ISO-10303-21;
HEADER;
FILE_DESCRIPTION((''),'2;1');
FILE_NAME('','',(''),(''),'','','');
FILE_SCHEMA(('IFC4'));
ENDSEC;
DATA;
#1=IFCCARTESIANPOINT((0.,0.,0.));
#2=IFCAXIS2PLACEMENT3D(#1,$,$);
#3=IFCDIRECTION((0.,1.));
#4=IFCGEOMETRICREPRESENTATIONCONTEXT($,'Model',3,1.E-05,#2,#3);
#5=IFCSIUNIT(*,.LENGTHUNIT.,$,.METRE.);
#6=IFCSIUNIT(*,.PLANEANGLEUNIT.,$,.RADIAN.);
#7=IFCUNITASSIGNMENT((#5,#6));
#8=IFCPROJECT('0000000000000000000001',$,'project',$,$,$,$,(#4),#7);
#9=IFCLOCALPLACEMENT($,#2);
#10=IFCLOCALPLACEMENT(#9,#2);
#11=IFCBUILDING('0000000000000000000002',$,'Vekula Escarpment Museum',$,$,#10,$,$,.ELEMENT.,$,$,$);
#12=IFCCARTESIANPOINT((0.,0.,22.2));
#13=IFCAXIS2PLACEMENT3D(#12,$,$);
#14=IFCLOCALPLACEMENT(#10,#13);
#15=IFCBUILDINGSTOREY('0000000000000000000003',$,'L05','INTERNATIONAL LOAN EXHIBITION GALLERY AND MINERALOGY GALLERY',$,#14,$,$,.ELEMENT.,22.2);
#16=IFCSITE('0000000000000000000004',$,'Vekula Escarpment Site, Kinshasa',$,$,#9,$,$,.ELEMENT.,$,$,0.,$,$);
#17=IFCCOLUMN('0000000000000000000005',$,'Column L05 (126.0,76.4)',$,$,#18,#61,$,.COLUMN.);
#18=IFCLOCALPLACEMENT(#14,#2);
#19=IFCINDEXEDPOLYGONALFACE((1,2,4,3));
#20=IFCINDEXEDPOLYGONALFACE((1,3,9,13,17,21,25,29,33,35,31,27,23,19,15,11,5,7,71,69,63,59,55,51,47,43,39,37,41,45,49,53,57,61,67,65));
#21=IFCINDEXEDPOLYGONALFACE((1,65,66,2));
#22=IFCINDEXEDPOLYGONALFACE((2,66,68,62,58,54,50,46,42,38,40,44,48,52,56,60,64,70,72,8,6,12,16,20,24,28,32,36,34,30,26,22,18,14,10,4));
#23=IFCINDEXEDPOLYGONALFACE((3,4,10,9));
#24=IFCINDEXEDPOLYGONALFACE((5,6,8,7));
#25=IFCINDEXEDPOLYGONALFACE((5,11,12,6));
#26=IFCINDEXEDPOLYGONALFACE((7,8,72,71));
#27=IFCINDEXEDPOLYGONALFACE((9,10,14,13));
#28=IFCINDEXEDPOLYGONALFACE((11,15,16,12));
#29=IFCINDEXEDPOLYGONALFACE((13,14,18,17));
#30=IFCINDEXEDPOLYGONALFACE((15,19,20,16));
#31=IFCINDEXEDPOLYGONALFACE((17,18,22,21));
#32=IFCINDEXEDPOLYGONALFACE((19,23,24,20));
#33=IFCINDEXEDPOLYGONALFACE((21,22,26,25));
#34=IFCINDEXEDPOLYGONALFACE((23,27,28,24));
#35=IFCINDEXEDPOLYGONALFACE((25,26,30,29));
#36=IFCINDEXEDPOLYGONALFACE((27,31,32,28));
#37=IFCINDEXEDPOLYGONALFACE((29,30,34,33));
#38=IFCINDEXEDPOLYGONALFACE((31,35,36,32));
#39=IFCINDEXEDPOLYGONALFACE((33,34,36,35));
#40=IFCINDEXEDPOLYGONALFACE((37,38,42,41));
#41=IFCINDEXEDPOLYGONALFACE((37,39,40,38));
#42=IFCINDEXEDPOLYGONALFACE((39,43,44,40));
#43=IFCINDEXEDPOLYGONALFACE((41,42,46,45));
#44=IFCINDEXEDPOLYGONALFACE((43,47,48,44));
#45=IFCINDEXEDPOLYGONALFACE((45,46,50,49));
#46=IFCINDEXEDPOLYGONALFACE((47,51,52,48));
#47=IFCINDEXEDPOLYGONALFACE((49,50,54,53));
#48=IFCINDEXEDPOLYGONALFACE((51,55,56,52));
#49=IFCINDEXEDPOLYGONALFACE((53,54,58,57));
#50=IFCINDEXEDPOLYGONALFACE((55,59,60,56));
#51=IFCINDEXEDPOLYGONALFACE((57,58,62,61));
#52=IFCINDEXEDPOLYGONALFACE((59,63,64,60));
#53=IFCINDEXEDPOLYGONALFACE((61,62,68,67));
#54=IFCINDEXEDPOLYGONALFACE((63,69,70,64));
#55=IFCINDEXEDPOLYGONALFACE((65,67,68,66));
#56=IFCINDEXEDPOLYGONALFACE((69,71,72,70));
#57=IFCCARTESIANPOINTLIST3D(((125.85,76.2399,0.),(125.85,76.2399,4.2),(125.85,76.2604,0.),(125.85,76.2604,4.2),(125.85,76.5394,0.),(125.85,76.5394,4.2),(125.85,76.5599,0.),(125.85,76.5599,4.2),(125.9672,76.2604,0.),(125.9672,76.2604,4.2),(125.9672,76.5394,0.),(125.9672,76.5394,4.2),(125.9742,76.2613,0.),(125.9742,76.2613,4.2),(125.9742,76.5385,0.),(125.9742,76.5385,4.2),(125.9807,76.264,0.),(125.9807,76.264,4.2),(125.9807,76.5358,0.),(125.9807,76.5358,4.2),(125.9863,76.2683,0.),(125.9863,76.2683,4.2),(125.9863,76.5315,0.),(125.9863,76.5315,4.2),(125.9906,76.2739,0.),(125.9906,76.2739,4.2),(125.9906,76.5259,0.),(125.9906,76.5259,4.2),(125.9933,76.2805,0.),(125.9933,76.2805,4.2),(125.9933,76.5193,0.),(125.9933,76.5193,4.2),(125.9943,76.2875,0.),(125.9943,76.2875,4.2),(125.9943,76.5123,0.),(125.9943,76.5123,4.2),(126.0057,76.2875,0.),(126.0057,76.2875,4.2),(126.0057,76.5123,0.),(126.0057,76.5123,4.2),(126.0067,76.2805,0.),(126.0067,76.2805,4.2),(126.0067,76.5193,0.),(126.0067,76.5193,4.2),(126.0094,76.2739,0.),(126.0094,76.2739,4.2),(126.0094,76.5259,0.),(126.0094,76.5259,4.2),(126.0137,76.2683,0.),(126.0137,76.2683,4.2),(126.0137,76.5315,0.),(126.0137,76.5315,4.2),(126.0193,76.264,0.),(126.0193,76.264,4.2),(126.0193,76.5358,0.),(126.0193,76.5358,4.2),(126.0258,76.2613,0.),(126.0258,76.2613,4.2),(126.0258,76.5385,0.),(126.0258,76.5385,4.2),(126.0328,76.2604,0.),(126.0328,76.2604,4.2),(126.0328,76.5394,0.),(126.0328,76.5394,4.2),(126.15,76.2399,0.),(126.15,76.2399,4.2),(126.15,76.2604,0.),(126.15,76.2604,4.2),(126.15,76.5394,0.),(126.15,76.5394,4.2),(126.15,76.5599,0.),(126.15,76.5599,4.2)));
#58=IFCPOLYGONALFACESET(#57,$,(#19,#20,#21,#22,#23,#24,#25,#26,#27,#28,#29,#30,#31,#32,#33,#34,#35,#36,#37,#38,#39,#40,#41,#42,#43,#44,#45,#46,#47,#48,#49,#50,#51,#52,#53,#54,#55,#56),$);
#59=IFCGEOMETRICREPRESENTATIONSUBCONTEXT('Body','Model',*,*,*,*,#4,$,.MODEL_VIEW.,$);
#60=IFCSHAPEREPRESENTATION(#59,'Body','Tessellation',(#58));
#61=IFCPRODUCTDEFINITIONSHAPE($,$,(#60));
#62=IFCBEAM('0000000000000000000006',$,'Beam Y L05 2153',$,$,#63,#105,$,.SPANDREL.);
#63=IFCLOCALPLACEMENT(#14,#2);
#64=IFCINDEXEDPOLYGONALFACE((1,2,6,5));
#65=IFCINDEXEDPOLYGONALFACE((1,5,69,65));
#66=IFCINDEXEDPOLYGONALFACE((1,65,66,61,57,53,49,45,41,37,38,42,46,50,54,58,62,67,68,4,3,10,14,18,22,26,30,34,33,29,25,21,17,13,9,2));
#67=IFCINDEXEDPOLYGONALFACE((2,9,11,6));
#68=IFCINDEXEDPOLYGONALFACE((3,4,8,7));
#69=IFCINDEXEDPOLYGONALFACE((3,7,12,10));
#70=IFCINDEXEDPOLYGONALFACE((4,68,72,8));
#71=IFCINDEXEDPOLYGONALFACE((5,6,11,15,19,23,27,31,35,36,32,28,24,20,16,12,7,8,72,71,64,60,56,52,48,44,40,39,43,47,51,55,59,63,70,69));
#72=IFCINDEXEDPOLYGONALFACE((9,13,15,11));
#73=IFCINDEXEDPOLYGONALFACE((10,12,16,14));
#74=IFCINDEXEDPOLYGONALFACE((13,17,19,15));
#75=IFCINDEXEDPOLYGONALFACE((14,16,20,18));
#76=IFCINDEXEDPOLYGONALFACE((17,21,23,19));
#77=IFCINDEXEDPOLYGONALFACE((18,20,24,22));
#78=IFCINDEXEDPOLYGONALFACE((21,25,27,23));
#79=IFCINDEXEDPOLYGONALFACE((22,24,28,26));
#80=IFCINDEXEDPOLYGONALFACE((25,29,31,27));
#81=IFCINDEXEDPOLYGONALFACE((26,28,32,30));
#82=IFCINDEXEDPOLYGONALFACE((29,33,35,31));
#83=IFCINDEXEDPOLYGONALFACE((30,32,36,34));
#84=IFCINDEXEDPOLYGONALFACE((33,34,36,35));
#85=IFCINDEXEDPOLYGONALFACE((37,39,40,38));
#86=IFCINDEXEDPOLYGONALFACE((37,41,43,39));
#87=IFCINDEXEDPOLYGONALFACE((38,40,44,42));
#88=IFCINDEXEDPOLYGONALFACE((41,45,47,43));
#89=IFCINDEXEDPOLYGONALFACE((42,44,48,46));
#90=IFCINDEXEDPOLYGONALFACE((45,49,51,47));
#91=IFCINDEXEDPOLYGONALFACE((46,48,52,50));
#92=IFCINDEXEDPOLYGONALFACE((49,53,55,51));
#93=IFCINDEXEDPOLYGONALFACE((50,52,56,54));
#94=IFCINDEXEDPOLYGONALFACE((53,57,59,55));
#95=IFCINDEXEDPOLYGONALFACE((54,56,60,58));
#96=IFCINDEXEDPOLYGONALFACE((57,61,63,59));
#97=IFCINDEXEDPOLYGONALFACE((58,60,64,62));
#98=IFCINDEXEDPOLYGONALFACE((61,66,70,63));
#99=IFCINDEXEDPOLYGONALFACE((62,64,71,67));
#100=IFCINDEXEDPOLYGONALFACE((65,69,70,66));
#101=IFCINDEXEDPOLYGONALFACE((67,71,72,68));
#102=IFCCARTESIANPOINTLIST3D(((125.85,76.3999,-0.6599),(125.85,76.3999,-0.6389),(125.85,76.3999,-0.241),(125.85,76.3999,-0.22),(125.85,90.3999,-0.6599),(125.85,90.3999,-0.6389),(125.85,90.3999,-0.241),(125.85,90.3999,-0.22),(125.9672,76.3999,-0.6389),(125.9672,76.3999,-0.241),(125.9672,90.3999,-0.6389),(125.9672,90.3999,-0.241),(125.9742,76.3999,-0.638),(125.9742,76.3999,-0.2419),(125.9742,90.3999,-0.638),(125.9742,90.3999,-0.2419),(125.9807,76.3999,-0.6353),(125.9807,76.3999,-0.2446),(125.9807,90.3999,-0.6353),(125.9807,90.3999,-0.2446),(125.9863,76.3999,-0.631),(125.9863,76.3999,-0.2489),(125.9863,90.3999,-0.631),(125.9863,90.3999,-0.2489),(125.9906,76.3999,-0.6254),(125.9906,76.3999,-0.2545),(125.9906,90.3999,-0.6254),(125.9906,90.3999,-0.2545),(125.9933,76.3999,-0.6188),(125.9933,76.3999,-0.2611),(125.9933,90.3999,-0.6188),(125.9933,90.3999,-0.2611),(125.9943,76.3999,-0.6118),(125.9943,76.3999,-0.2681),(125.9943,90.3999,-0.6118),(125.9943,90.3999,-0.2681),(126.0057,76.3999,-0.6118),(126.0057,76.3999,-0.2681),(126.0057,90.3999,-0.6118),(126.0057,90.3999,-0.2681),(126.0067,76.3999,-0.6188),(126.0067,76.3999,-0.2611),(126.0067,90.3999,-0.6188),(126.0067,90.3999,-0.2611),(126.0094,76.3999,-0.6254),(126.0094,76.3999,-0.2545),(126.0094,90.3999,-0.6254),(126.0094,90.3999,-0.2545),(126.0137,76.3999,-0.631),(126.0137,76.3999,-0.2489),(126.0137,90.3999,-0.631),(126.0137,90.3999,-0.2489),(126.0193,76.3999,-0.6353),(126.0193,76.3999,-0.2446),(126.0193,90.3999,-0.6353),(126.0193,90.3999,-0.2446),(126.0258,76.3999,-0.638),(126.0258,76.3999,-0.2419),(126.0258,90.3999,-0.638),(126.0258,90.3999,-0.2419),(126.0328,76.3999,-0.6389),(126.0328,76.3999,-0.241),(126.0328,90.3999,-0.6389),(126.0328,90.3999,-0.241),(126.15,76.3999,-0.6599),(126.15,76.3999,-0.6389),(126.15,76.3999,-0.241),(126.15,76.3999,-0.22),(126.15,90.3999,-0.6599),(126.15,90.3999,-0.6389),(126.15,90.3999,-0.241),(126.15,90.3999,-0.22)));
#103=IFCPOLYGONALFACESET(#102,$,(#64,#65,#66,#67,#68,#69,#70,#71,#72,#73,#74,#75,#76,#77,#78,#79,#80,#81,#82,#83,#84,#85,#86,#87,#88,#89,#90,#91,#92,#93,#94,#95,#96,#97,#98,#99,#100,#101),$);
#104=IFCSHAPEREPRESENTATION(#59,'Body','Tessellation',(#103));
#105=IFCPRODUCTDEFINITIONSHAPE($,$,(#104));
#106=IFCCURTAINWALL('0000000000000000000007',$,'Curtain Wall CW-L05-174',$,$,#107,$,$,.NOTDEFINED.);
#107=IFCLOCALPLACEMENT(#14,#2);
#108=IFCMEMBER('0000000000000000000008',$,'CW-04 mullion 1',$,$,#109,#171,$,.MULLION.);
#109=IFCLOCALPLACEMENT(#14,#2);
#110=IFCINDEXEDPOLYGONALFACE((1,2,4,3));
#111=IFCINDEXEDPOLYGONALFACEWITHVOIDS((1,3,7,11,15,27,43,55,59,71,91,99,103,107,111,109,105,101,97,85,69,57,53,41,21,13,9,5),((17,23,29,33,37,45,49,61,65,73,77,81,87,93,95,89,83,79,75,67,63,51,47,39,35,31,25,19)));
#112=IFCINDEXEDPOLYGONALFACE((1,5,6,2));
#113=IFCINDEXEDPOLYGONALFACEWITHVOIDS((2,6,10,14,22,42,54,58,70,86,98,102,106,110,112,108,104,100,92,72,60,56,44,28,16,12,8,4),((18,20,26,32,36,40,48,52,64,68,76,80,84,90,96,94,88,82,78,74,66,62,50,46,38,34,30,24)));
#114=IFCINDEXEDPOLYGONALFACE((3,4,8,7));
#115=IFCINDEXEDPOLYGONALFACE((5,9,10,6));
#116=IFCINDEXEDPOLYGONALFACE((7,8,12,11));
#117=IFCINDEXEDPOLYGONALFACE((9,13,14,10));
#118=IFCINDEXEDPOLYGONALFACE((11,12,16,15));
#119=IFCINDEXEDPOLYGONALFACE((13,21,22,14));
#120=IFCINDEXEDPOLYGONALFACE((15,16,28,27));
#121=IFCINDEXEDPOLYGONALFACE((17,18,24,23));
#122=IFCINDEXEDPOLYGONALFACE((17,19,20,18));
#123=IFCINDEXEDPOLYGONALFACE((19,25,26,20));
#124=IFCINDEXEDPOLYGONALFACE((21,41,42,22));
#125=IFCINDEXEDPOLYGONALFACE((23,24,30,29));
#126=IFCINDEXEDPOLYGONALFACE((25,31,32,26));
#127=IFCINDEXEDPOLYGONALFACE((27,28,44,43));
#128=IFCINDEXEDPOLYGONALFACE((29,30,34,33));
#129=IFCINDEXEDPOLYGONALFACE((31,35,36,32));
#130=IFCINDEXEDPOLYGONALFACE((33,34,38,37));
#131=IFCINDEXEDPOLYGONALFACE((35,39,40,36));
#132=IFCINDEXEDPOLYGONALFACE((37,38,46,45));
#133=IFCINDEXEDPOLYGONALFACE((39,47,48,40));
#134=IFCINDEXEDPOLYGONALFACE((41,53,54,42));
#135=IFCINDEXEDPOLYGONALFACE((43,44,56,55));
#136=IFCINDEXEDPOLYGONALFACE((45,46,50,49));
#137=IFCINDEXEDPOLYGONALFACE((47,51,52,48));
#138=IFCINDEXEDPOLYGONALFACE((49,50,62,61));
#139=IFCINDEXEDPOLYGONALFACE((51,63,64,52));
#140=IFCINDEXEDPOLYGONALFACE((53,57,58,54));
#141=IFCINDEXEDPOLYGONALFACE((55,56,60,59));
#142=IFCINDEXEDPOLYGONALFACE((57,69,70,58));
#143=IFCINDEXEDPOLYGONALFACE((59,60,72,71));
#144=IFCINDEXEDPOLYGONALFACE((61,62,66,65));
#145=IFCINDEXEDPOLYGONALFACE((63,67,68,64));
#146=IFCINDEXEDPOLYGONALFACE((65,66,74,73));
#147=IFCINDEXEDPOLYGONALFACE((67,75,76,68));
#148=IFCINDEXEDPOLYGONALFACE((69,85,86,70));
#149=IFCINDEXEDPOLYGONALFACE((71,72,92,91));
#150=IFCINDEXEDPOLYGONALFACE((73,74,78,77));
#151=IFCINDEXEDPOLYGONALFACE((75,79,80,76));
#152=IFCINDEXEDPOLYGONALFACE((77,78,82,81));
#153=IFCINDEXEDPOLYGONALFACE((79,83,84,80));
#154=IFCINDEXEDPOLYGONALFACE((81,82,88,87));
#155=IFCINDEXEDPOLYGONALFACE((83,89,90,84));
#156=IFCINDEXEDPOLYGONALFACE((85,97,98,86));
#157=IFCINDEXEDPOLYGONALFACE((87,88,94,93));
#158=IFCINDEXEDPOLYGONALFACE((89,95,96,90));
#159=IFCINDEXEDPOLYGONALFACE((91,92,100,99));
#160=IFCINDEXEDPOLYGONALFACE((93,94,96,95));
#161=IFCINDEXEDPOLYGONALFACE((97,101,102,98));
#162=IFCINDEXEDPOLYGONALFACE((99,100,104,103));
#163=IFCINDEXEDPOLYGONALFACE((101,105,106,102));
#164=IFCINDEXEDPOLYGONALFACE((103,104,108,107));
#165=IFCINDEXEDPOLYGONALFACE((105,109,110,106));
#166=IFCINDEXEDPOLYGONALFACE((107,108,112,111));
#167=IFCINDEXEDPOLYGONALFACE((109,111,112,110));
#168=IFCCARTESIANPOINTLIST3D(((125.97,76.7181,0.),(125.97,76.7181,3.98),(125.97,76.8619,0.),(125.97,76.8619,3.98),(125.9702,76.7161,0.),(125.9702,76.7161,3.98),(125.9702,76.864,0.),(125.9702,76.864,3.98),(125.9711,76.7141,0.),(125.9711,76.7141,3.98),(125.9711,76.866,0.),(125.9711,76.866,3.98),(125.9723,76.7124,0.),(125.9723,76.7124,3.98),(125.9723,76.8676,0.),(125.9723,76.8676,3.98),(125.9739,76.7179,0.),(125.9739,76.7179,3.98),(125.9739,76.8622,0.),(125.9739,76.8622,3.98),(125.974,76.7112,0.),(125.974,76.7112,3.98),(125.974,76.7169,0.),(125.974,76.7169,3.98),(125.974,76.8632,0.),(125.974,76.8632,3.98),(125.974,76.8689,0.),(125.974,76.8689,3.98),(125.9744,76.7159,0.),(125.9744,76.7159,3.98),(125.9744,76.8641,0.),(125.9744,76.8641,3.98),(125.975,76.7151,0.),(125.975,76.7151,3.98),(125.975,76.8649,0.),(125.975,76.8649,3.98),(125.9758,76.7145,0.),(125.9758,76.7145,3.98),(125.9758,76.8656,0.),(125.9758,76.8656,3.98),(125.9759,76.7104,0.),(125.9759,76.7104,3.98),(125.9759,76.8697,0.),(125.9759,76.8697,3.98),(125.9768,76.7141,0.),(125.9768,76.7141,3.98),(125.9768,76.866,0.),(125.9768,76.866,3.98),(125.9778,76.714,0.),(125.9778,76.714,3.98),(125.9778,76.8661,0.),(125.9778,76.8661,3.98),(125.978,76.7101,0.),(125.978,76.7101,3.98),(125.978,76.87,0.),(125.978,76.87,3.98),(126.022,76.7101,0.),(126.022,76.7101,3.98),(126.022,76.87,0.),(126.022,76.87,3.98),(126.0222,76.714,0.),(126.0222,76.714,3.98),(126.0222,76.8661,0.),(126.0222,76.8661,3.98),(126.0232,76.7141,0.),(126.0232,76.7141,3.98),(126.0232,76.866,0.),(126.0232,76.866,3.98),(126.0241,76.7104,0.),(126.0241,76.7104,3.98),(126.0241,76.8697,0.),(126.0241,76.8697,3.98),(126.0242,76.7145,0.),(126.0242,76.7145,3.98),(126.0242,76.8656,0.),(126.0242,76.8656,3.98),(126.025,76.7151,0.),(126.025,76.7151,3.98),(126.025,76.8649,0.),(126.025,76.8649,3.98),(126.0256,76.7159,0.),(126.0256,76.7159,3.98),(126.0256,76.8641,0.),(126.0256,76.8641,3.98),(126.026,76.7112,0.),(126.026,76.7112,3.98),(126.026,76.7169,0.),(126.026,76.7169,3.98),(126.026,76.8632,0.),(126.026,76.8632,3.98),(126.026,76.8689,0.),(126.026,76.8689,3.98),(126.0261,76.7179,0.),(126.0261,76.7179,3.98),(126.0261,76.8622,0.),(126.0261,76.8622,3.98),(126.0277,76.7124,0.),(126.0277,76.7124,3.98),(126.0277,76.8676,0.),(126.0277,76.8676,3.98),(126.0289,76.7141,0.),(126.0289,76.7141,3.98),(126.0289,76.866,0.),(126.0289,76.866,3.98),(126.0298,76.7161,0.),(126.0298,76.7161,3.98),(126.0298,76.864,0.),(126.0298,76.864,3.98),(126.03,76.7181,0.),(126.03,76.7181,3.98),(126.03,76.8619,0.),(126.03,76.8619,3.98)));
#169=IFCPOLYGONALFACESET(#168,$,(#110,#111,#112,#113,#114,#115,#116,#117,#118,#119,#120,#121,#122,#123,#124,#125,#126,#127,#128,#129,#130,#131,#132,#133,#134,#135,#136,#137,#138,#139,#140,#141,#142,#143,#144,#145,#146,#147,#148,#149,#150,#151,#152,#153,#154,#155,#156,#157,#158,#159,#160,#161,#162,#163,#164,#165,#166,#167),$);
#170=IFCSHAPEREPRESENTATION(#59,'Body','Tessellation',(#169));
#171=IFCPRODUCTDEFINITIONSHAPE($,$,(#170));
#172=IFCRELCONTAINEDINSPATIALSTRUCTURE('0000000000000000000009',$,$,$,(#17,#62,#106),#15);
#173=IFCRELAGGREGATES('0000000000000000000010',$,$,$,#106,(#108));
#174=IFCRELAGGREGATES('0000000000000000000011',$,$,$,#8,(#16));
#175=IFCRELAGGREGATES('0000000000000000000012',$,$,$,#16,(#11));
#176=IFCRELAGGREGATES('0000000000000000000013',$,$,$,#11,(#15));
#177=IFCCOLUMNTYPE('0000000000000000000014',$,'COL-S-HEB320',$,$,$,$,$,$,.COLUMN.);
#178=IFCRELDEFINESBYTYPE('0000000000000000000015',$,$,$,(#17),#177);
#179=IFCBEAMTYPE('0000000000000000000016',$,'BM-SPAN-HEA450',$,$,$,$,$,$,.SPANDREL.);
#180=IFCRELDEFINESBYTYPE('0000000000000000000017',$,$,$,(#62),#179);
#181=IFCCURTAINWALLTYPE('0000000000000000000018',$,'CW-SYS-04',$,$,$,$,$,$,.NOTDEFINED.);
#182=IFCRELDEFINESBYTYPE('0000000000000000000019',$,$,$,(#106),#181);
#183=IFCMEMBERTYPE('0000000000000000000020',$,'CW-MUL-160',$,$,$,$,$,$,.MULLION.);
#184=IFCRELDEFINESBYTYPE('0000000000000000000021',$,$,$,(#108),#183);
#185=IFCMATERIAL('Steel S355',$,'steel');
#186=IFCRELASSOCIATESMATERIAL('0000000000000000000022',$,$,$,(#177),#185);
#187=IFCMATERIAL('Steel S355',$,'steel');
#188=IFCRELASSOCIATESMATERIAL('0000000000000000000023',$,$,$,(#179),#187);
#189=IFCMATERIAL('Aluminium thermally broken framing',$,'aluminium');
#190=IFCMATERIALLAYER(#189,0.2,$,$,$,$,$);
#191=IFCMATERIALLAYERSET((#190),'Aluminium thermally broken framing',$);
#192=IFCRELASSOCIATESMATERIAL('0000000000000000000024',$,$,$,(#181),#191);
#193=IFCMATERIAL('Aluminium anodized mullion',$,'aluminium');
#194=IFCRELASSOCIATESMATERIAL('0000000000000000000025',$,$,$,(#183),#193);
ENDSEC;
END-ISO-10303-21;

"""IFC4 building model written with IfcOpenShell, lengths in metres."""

from ifc_helpers import new_model, si_unit, direction, frame, origin, origin_2d, place, context, subcontext, project, spatial, hollow_rectangle, i_section, extrude, material, layer, layer_set, material_profile, profile_set, type_object, element, aggregate, save


model = new_model("IFC4")

# Units and contexts
model_context = context("Model", 3, precision=1e-05, world=origin(), true_north=direction((0.0, 1.0)))
body_context = subcontext(model_context, "Body", "Model", "MODEL_VIEW")
ifc_project = project(units=[si_unit("LENGTHUNIT", "METRE"), si_unit("PLANEANGLEUNIT", "RADIAN")], contexts=[model_context])

# Site, building, storey
site_placement = place(None, origin())
site = spatial("IfcSite", under=ifc_project, at=site_placement, Name="Vekula Escarpment Site, Kinshasa", CompositionType="ELEMENT", RefElevation=0.0)
building_placement = place(site_placement, origin())
building = spatial("IfcBuilding", under=site, at=building_placement, Name="Vekula Escarpment Museum", CompositionType="ELEMENT")
storey_placement = place(building_placement, frame((0.0, 0.0, 22.2)))
storey = spatial("IfcBuildingStorey", under=building, at=storey_placement, Name="L05", Description="INTERNATIONAL LOAN EXHIBITION GALLERY AND MINERALOGY GALLERY", CompositionType="ELEMENT", Elevation=22.2)

# Column
ifc_material_1 = material(Name="Steel S355", Category="steel")
ifc_material_profile_1 = material_profile(ifc_material_1, i_section(OverallWidth=0.3, OverallDepth=0.3201, WebThickness=0.0115, FlangeThickness=0.0205, FilletRadius=0.0271, at=origin_2d()), Name="HEB 320")
ifc_profile_set_1 = profile_set([ifc_material_profile_1], Name="Steel S355")
column_type = type_object("IfcColumnType", Name="COL-S-HEB320", PredefinedType="COLUMN", material=ifc_profile_set_1)
column_placement = place(storey_placement, frame((126.0, 76.3999, 0.0), z_axis=(0.0, 0.0, 1.0), x_axis=(1.0, 0.0, 0.0)))
element("IfcColumn", 1, at=column_placement, inside=storey, type_object=column_type, Name="Column L05 (126.0,76.4)", PredefinedType="COLUMN", context=body_context, shape_type="SweptSolid", body=[
    extrude(i_section(OverallWidth=0.3, OverallDepth=0.3201, WebThickness=0.0115, FlangeThickness=0.0205, FilletRadius=0.0271, at=origin_2d()), origin(), (0.0, 0.0, 1.0), 4.2),
])

# Beam
ifc_material_2 = material(Name="Steel S355", Category="steel")
ifc_material_profile_2 = material_profile(ifc_material_2, i_section(OverallWidth=0.3, OverallDepth=0.4399, WebThickness=0.0115, FlangeThickness=0.021, FilletRadius=0.0271, at=origin_2d()), Name="HEA 450")
ifc_profile_set_2 = profile_set([ifc_material_profile_2], Name="Steel S355")
beam_type = type_object("IfcBeamType", Name="BM-SPAN-HEA450", PredefinedType="SPANDREL", material=ifc_profile_set_2)
beam_placement = place(storey_placement, frame((126.0, 76.3999, -0.4399), z_axis=(0.0, 1.0, 0.0), x_axis=(-1.0, 0.0, 0.0)))
element("IfcBeam", 2, at=beam_placement, inside=storey, type_object=beam_type, Name="Beam Y L05 2153", PredefinedType="SPANDREL", context=body_context, shape_type="SweptSolid", body=[
    extrude(i_section(OverallWidth=0.3, OverallDepth=0.4399, WebThickness=0.0115, FlangeThickness=0.021, FilletRadius=0.0271, at=origin_2d()), origin(), (0.0, 0.0, 1.0), 14.0),
])

# Curtain wall, member
ifc_material_3 = material(Name="Aluminium thermally broken framing", Category="aluminium")
ifc_layer_1 = layer(ifc_material_3, 0.2)
ifc_layer_set_1 = layer_set([ifc_layer_1], Name="Aluminium thermally broken framing")
curtain_wall_type_1 = type_object("IfcCurtainWallType", Name="CW-SYS-04", PredefinedType="NOTDEFINED", material=ifc_layer_set_1)
curtain_wall_1_placement = place(storey_placement, origin())
curtain_wall_1 = element("IfcCurtainWall", 3, at=curtain_wall_1_placement, inside=storey, type_object=curtain_wall_type_1, Name="Curtain Wall CW-L05-174", PredefinedType="NOTDEFINED")
ifc_material_4 = material(Name="Aluminium anodized mullion", Category="aluminium")
ifc_material_profile_3 = material_profile(ifc_material_4, hollow_rectangle(XDim=0.0601, YDim=0.1599, WallThickness=0.0039, InnerFilletRadius=0.0039, OuterFilletRadius=0.0081, at=origin_2d()), Name="ALU 160x60x4")
ifc_profile_set_3 = profile_set([ifc_material_profile_3], Name="Aluminium anodized mullion")
member_type_1 = type_object("IfcMemberType", Name="CW-MUL-160", PredefinedType="MULLION", material=ifc_profile_set_3)
member_1_placement = place(storey_placement, frame((126.0, 76.79, 0.0), z_axis=(0.0, 0.0, 1.0), x_axis=(-1.0, 0.0, 0.0)))
member_1 = element("IfcMember", 4, at=member_1_placement, type_object=member_type_1, Name="CW-04 mullion 1", PredefinedType="MULLION", context=body_context, shape_type="SweptSolid", body=[
    extrude(hollow_rectangle(XDim=0.0601, YDim=0.1599, WallThickness=0.0039, InnerFilletRadius=0.0039, OuterFilletRadius=0.0081, at=origin_2d()), origin(), (0.0, 0.0, 1.0), 3.98),
])

aggregate(curtain_wall_1, [member_1])

save(model, "model.ifc")
